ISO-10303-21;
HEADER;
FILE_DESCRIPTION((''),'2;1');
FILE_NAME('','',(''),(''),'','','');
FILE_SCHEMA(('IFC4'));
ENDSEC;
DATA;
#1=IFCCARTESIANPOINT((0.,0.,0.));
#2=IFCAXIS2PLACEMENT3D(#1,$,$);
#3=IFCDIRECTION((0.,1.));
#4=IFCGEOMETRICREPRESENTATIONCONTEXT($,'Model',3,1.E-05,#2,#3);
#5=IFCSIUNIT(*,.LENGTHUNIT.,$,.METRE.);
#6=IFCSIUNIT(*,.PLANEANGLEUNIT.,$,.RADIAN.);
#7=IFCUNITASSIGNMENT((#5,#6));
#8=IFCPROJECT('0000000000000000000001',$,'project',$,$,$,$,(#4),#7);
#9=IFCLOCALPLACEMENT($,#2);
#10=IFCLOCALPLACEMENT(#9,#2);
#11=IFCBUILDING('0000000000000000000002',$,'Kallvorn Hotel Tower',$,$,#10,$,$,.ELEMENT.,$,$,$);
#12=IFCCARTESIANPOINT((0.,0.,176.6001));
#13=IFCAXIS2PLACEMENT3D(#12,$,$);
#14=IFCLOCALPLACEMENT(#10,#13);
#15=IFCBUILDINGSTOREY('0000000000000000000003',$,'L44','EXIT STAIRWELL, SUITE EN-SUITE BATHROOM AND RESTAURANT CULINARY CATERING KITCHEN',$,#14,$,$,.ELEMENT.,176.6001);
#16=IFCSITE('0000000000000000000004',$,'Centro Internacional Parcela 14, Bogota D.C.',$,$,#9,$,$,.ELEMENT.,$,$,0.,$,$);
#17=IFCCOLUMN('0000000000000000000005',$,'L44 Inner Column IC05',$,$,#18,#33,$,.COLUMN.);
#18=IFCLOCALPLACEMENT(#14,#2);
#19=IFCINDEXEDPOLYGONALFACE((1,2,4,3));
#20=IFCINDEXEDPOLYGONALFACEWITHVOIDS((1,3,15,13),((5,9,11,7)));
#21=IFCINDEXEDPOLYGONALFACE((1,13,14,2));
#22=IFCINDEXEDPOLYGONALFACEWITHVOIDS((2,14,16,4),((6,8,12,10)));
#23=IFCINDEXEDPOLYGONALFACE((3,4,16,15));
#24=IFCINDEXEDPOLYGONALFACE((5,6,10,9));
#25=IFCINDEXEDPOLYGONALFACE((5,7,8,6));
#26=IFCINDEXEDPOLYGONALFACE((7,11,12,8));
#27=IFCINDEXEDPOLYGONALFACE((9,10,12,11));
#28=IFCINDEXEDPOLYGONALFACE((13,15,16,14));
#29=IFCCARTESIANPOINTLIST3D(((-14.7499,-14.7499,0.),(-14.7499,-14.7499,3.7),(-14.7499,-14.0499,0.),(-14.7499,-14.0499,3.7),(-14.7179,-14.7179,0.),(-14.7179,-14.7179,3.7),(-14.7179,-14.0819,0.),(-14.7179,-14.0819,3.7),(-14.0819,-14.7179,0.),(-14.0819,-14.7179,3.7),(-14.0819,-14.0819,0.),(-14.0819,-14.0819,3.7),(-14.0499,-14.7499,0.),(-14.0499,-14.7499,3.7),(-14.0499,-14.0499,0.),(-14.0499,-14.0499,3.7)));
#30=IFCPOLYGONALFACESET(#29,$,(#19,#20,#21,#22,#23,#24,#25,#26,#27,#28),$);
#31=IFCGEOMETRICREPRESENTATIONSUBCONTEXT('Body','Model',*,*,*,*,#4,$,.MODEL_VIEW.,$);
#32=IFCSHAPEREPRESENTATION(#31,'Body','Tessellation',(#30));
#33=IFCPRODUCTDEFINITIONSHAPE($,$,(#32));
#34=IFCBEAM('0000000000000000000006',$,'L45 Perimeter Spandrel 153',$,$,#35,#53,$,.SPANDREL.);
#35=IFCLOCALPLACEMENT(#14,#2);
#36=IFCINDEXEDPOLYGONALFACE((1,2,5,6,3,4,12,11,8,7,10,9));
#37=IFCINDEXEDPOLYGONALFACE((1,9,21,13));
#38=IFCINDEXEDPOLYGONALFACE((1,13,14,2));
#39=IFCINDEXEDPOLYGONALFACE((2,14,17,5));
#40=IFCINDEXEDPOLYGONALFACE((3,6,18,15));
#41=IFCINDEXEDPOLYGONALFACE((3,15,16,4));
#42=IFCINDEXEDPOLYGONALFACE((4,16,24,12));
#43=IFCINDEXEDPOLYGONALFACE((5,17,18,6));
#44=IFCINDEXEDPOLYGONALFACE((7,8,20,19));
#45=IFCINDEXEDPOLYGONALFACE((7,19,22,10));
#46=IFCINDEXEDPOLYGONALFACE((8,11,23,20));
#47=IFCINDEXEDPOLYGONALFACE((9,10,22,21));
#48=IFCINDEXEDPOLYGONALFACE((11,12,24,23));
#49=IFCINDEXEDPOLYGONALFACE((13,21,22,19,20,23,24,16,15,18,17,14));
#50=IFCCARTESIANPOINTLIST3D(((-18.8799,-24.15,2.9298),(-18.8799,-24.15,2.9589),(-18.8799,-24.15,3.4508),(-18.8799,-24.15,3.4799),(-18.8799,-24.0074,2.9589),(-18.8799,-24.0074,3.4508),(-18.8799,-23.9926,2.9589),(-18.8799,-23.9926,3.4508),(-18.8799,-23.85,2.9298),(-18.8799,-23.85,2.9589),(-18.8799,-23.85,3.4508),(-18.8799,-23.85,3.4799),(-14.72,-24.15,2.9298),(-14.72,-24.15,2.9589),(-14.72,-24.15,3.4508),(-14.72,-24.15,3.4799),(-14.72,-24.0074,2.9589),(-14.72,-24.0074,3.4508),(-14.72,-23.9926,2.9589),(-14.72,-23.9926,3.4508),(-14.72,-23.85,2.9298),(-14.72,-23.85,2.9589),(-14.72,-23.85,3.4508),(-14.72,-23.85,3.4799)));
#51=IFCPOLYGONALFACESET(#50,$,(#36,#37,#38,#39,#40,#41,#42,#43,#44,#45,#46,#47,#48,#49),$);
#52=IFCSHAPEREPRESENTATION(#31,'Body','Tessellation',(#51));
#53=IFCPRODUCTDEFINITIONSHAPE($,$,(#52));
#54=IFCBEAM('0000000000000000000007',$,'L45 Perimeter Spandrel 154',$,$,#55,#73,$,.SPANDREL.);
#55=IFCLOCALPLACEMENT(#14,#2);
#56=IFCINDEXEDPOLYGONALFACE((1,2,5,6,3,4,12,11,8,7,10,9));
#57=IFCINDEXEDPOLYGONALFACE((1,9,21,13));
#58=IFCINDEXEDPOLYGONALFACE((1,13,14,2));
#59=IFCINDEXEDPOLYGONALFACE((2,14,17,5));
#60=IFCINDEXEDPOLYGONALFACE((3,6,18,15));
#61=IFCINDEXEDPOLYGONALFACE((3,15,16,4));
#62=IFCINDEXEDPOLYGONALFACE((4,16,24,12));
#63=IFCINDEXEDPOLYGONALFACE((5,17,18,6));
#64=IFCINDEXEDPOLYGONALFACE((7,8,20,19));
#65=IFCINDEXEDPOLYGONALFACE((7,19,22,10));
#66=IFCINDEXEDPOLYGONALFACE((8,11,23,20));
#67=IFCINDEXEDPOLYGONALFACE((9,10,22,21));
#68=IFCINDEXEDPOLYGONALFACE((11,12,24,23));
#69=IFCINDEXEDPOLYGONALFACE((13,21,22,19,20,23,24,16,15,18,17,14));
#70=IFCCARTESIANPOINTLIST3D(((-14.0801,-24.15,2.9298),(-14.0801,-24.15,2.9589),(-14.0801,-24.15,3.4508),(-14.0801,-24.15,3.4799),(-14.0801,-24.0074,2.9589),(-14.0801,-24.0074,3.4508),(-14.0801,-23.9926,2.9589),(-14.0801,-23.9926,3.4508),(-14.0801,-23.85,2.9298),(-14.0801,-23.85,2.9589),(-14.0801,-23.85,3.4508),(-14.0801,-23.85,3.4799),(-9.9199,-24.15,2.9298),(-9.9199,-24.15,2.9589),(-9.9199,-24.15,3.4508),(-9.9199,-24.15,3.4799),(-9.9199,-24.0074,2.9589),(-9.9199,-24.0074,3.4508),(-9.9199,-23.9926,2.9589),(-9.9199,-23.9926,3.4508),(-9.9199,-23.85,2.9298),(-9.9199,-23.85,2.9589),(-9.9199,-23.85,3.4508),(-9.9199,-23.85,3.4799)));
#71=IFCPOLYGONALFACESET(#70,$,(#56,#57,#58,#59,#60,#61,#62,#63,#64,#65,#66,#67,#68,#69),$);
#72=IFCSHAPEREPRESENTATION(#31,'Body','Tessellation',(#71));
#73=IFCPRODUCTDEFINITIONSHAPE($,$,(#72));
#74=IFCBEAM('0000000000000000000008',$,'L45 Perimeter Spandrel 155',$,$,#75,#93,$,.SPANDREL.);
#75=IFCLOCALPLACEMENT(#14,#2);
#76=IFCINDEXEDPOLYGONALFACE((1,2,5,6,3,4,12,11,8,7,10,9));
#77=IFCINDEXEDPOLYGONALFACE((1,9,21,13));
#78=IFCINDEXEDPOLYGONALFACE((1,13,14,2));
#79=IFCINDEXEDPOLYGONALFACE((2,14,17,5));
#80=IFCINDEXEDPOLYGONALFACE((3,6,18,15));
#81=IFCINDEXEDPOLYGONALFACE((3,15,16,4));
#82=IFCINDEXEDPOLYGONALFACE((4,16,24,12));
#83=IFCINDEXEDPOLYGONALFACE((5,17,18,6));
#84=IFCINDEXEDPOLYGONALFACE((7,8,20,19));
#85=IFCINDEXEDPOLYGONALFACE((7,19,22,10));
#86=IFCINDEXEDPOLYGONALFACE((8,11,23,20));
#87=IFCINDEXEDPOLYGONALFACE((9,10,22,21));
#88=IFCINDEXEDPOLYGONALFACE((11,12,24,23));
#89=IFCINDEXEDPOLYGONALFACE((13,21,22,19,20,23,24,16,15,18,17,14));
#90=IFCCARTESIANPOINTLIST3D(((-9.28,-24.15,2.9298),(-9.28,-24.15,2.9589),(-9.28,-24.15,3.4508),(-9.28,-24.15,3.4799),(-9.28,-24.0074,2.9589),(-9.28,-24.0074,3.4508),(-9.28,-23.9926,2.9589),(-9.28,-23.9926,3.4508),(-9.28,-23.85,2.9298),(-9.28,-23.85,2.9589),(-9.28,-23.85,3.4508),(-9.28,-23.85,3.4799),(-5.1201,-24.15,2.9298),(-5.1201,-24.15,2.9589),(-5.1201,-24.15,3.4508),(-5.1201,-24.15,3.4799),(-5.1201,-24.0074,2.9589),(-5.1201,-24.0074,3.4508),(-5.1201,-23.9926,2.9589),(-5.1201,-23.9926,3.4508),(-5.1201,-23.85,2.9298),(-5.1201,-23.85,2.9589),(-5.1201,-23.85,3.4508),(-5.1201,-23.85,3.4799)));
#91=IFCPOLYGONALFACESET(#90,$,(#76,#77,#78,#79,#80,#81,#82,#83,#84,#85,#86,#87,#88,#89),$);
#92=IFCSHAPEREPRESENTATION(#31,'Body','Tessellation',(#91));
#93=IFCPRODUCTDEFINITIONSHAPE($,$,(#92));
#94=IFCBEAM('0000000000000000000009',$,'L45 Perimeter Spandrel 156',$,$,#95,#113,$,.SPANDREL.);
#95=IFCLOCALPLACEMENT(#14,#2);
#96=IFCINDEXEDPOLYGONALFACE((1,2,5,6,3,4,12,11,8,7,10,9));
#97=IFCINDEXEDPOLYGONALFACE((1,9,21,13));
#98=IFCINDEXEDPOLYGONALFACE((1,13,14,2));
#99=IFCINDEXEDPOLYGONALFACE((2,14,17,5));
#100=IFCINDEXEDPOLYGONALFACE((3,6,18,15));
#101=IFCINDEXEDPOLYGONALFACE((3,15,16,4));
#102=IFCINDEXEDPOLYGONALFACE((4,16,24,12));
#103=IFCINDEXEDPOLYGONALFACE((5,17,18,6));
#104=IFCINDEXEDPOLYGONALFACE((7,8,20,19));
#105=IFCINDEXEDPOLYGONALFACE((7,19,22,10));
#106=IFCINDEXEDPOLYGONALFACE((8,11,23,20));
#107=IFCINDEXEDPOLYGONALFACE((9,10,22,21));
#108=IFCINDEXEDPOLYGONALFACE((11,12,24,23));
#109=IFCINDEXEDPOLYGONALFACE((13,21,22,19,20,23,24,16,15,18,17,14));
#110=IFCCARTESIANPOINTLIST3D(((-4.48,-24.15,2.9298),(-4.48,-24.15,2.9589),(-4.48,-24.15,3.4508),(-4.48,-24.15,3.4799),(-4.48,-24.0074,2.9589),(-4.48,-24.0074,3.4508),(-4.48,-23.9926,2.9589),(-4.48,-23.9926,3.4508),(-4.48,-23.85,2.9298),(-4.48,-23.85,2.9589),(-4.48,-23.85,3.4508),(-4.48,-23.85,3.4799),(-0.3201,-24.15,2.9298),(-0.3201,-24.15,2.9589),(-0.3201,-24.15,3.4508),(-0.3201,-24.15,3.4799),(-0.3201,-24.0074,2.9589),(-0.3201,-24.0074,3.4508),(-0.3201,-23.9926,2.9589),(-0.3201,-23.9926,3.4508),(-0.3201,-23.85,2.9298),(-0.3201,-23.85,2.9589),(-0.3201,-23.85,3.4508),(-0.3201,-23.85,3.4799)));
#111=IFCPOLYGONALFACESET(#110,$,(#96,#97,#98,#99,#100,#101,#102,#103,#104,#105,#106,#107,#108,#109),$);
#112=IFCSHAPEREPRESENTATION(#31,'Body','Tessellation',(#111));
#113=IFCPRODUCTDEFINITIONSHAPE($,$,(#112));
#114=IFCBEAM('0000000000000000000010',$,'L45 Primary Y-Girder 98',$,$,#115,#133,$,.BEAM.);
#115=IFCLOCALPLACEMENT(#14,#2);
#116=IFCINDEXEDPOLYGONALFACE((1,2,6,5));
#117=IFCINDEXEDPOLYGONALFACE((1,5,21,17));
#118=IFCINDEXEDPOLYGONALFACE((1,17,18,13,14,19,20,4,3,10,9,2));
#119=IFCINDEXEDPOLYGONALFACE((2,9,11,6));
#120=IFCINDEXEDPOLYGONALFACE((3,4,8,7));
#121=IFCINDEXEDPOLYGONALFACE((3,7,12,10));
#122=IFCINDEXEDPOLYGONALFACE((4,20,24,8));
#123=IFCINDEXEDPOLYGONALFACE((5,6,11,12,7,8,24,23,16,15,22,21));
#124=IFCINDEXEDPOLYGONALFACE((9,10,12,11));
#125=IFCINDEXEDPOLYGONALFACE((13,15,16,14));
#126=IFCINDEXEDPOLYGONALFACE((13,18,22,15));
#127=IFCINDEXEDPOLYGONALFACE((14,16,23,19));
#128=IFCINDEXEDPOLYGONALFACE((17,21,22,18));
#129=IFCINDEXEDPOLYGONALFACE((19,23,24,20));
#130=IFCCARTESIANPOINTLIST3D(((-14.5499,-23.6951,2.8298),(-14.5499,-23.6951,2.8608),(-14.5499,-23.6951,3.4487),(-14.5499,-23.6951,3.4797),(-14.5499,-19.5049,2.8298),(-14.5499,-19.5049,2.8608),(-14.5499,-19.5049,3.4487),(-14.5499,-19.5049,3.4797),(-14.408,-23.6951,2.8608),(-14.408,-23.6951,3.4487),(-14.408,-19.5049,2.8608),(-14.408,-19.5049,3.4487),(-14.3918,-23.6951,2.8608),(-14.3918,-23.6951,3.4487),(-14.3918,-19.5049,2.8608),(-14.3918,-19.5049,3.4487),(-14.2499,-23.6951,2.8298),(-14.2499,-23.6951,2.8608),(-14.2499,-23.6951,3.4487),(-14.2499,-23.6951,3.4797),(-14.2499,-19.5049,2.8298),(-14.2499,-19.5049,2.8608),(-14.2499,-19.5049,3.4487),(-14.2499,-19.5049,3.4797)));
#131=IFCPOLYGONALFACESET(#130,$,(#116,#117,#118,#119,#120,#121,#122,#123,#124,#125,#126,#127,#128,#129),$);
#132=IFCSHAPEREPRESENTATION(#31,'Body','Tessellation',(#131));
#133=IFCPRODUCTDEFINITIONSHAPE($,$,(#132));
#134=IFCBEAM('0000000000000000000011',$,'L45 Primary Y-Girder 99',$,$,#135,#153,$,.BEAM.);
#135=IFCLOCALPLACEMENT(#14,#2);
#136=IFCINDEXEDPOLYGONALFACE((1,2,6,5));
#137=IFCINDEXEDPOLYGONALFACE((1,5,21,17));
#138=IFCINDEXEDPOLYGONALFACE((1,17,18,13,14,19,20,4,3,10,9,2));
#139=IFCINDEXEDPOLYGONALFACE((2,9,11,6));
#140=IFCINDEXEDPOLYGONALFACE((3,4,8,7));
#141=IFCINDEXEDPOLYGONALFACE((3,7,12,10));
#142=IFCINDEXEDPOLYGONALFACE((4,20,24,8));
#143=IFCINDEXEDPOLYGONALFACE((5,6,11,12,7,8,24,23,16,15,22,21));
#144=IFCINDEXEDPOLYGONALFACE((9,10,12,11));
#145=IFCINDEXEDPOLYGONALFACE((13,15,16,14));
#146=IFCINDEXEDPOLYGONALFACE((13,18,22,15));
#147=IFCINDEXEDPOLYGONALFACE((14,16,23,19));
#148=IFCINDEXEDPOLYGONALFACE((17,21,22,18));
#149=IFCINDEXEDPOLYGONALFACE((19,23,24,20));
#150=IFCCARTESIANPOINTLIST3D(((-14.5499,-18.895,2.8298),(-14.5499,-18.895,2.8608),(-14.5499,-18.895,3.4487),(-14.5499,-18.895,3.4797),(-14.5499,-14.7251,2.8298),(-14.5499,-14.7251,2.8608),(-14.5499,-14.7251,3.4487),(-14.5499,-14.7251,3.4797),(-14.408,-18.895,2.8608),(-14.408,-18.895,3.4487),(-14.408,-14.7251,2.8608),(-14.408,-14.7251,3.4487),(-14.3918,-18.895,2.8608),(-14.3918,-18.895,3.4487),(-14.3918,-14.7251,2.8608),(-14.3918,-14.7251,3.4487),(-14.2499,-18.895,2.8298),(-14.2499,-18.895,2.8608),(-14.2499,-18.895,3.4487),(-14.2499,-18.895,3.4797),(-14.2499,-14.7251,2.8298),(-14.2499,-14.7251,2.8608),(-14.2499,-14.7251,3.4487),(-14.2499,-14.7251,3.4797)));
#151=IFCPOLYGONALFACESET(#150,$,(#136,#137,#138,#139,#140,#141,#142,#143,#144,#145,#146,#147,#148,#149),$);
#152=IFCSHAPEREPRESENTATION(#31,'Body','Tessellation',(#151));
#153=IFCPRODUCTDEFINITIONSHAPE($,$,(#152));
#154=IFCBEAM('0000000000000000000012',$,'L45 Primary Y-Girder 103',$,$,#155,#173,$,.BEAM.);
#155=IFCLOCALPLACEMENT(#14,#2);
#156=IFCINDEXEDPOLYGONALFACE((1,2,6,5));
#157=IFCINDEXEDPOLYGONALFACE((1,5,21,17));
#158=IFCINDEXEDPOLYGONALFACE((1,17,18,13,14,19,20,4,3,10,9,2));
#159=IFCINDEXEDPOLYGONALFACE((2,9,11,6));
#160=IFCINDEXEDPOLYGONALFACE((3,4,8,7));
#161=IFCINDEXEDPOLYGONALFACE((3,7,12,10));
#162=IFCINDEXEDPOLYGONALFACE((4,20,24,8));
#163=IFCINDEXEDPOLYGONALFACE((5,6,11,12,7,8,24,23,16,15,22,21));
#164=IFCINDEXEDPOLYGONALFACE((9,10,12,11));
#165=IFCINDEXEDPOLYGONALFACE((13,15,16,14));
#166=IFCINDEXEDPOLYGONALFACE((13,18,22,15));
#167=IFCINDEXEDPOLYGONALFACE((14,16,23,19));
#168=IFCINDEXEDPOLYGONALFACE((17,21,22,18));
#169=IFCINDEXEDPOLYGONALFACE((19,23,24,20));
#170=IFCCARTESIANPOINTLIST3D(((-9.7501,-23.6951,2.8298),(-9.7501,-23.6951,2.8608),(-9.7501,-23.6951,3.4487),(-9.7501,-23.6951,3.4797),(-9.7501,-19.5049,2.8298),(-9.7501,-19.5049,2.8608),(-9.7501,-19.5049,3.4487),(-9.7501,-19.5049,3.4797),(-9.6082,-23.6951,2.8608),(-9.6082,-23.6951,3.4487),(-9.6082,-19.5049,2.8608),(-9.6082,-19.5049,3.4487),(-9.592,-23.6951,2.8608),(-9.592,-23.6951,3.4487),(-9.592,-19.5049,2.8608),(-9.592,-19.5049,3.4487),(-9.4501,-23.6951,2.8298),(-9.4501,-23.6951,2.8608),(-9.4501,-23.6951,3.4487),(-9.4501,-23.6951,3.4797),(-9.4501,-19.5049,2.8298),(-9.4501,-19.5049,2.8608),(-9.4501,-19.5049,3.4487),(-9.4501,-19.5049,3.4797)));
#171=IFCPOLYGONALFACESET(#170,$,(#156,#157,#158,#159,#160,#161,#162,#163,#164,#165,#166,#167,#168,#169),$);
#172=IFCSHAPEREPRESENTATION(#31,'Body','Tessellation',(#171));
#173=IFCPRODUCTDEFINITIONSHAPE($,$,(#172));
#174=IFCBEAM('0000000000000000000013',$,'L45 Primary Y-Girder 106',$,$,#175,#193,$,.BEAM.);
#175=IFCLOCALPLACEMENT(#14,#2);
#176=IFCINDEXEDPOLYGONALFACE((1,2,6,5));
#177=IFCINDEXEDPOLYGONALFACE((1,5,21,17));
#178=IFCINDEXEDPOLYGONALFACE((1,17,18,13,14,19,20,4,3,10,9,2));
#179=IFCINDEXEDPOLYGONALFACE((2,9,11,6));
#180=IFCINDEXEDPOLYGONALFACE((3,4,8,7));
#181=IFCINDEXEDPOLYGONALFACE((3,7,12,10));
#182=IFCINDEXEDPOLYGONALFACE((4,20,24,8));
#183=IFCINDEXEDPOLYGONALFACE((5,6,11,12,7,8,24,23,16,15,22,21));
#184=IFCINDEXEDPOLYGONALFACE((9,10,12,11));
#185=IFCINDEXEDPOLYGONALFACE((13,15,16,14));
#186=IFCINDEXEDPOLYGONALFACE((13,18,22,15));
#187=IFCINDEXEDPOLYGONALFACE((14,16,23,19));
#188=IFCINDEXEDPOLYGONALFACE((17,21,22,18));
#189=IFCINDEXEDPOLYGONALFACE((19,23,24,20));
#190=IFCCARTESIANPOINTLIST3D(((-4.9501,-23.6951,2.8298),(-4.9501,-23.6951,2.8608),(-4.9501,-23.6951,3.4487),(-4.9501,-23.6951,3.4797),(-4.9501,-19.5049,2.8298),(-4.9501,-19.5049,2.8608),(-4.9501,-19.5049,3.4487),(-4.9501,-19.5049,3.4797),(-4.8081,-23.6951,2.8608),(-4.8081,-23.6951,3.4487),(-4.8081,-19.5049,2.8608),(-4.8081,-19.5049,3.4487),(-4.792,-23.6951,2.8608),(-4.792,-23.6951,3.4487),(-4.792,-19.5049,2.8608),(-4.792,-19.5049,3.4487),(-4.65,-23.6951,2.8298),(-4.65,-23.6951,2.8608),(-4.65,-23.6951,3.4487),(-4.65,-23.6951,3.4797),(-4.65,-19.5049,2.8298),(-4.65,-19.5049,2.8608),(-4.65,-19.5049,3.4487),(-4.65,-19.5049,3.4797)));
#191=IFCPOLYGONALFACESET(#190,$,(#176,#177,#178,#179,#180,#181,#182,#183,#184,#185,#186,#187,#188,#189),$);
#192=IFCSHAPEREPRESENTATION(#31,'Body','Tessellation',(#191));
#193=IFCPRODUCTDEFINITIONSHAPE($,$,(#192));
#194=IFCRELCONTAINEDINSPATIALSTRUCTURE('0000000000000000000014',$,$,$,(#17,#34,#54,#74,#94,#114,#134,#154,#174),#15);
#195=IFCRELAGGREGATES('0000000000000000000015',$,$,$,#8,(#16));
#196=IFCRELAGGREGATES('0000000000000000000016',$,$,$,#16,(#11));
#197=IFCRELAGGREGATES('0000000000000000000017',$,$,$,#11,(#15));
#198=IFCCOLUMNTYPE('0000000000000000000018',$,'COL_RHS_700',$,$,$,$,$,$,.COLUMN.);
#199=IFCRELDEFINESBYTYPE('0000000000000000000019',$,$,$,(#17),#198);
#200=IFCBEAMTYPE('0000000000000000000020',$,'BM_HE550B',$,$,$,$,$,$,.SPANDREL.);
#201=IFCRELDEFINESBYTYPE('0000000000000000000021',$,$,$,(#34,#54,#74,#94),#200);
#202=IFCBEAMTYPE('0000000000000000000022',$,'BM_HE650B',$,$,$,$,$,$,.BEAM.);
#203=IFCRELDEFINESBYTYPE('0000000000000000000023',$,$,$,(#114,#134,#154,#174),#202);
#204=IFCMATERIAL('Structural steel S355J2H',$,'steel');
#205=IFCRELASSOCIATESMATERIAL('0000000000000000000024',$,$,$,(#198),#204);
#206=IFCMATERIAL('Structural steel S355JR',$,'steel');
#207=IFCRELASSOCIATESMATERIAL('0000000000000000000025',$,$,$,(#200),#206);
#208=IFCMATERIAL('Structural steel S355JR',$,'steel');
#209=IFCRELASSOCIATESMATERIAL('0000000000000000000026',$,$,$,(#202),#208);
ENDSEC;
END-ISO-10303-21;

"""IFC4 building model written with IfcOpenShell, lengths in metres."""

from ifc_helpers import new_model, si_unit, direction, frame, origin, origin_2d, place, context, subcontext, project, spatial, hollow_rectangle, i_section, extrude, material, material_profile, profile_set, type_object, element, save


model = new_model("IFC4")

# Units and contexts
model_context = context("Model", 3, precision=1e-05, world=origin(), true_north=direction((0.0, 1.0)))
body_context = subcontext(model_context, "Body", "Model", "MODEL_VIEW")
ifc_project = project(units=[si_unit("LENGTHUNIT", "METRE"), si_unit("PLANEANGLEUNIT", "RADIAN")], contexts=[model_context])

# Site, building, storey
site_placement = place(None, origin())
site = spatial("IfcSite", under=ifc_project, at=site_placement, Name="Centro Internacional Parcela 14, Bogota D.C.", CompositionType="ELEMENT", RefElevation=0.0)
building_placement = place(site_placement, origin())
building = spatial("IfcBuilding", under=site, at=building_placement, Name="Kallvorn Hotel Tower", CompositionType="ELEMENT")
storey_placement = place(building_placement, frame((0.0, 0.0, 176.6001)))
storey = spatial("IfcBuildingStorey", under=building, at=storey_placement, Name="L44", Description="EXIT STAIRWELL, SUITE EN-SUITE BATHROOM AND RESTAURANT CULINARY CATERING KITCHEN", CompositionType="ELEMENT", Elevation=176.6001)

# Column
ifc_material_1 = material(Name="Structural steel S355J2H", Category="steel")
ifc_material_profile_1 = material_profile(ifc_material_1, hollow_rectangle(XDim=0.7, YDim=0.7, WallThickness=0.032, at=origin_2d()), Name="RHS 700x700x32")
ifc_profile_set_1 = profile_set([ifc_material_profile_1], Name="Structural steel S355J2H")
column_type_1 = type_object("IfcColumnType", Name="COL_RHS_700", PredefinedType="COLUMN", material=ifc_profile_set_1)
column_placement = place(storey_placement, frame((-14.3999, -14.3999, 0.0), z_axis=(0.0, 0.0, 1.0), x_axis=(1.0, 0.0, 0.0)))
element("IfcColumn", 1, at=column_placement, inside=storey, type_object=column_type_1, Name="L44 Inner Column IC05", PredefinedType="COLUMN", context=body_context, shape_type="SweptSolid", body=[
    extrude(hollow_rectangle(XDim=0.7, YDim=0.7, WallThickness=0.032, at=origin_2d()), origin(), (0.0, 0.0, 1.0), 3.7),
])

# Beams
ifc_material_2 = material(Name="Structural steel S355JR", Category="steel")
ifc_material_profile_2 = material_profile(ifc_material_2, i_section(OverallWidth=0.3, OverallDepth=0.55, WebThickness=0.0149, FlangeThickness=0.0291, at=origin_2d()), Name="HE 550 B")
ifc_profile_set_2 = profile_set([ifc_material_profile_2], Name="Structural steel S355JR")
beam_type_1 = type_object("IfcBeamType", Name="BM_HE550B", PredefinedType="SPANDREL", material=ifc_profile_set_2)
beam_1_placement = place(storey_placement, frame((-18.8799, -24.0, 3.2048), z_axis=(1.0, 0.0, 0.0), x_axis=(0.0, 1.0, 0.0)))
element("IfcBeam", 2, at=beam_1_placement, inside=storey, type_object=beam_type_1, Name="L45 Perimeter Spandrel 153", PredefinedType="SPANDREL", context=body_context, shape_type="SweptSolid", body=[
    extrude(i_section(OverallWidth=0.3, OverallDepth=0.55, WebThickness=0.0149, FlangeThickness=0.0291, at=origin_2d()), origin(), (0.0, 0.0, 1.0), 4.1599),
])
beam_2_placement = place(storey_placement, frame((-14.0801, -24.0, 3.2048), z_axis=(1.0, 0.0, 0.0), x_axis=(0.0, 1.0, 0.0)))
element("IfcBeam", 3, at=beam_2_placement, inside=storey, type_object=beam_type_1, Name="L45 Perimeter Spandrel 154", PredefinedType="SPANDREL", context=body_context, shape_type="SweptSolid", body=[
    extrude(i_section(OverallWidth=0.3, OverallDepth=0.55, WebThickness=0.0149, FlangeThickness=0.0291, at=origin_2d()), origin(), (0.0, 0.0, 1.0), 4.1602),
])
for number, where, z_axis, x_axis, name in (
    (4, (-9.28, -24.0, 3.2048), (1.0, 0.0, 0.0), (0.0, 1.0, 0.0), "L45 Perimeter Spandrel 155"),
    (5, (-4.48, -24.0, 3.2048), (1.0, 0.0, 0.0), (0.0, 1.0, 0.0), "L45 Perimeter Spandrel 156"),
):
    element("IfcBeam", number, at=place(storey_placement, frame(where, z_axis=z_axis, x_axis=x_axis)), inside=storey, type_object=beam_type_1, Name=name, PredefinedType="SPANDREL", context=body_context, shape_type="SweptSolid", body=[
        extrude(i_section(OverallWidth=0.3, OverallDepth=0.55, WebThickness=0.0149, FlangeThickness=0.0291, at=origin_2d()), origin(), (0.0, 0.0, 1.0), 4.1599),
    ])
ifc_material_3 = material(Name="Structural steel S355JR", Category="steel")
ifc_material_profile_3 = material_profile(ifc_material_3, i_section(OverallWidth=0.3, OverallDepth=0.6499, WebThickness=0.0161, FlangeThickness=0.031, at=origin_2d()), Name="HE 650 B")
ifc_profile_set_3 = profile_set([ifc_material_profile_3], Name="Structural steel S355JR")
beam_type_2 = type_object("IfcBeamType", Name="BM_HE650B", PredefinedType="BEAM", material=ifc_profile_set_3)
beam_3_placement = place(storey_placement, frame((-14.3999, -23.6951, 3.1548), z_axis=(0.0, 1.0, 0.0), x_axis=(-1.0, 0.0, 0.0)))
element("IfcBeam", 6, at=beam_3_placement, inside=storey, type_object=beam_type_2, Name="L45 Primary Y-Girder 98", PredefinedType="BEAM", context=body_context, shape_type="SweptSolid", body=[
    extrude(i_section(OverallWidth=0.3, OverallDepth=0.6499, WebThickness=0.0161, FlangeThickness=0.031, at=origin_2d()), origin(), (0.0, 0.0, 1.0), 4.1902),
])
beam_4_placement = place(storey_placement, frame((-14.3999, -18.895, 3.1548), z_axis=(0.0, 1.0, 0.0), x_axis=(-1.0, 0.0, 0.0)))
element("IfcBeam", 7, at=beam_4_placement, inside=storey, type_object=beam_type_2, Name="L45 Primary Y-Girder 99", PredefinedType="BEAM", context=body_context, shape_type="SweptSolid", body=[
    extrude(i_section(OverallWidth=0.3, OverallDepth=0.6499, WebThickness=0.0161, FlangeThickness=0.031, at=origin_2d()), origin(), (0.0, 0.0, 1.0), 4.1699),
])
for number, where, z_axis, x_axis, name in (
    (8, (-9.6001, -23.6951, 3.1548), (0.0, 1.0, 0.0), (-1.0, 0.0, 0.0), "L45 Primary Y-Girder 103"),
    (9, (-4.8, -23.6951, 3.1548), (0.0, 1.0, 0.0), (-1.0, 0.0, 0.0), "L45 Primary Y-Girder 106"),
):
    element("IfcBeam", number, at=place(storey_placement, frame(where, z_axis=z_axis, x_axis=x_axis)), inside=storey, type_object=beam_type_2, Name=name, PredefinedType="BEAM", context=body_context, shape_type="SweptSolid", body=[
        extrude(i_section(OverallWidth=0.3, OverallDepth=0.6499, WebThickness=0.0161, FlangeThickness=0.031, at=origin_2d()), origin(), (0.0, 0.0, 1.0), 4.1902),
    ])

save(model, "model.ifc")
